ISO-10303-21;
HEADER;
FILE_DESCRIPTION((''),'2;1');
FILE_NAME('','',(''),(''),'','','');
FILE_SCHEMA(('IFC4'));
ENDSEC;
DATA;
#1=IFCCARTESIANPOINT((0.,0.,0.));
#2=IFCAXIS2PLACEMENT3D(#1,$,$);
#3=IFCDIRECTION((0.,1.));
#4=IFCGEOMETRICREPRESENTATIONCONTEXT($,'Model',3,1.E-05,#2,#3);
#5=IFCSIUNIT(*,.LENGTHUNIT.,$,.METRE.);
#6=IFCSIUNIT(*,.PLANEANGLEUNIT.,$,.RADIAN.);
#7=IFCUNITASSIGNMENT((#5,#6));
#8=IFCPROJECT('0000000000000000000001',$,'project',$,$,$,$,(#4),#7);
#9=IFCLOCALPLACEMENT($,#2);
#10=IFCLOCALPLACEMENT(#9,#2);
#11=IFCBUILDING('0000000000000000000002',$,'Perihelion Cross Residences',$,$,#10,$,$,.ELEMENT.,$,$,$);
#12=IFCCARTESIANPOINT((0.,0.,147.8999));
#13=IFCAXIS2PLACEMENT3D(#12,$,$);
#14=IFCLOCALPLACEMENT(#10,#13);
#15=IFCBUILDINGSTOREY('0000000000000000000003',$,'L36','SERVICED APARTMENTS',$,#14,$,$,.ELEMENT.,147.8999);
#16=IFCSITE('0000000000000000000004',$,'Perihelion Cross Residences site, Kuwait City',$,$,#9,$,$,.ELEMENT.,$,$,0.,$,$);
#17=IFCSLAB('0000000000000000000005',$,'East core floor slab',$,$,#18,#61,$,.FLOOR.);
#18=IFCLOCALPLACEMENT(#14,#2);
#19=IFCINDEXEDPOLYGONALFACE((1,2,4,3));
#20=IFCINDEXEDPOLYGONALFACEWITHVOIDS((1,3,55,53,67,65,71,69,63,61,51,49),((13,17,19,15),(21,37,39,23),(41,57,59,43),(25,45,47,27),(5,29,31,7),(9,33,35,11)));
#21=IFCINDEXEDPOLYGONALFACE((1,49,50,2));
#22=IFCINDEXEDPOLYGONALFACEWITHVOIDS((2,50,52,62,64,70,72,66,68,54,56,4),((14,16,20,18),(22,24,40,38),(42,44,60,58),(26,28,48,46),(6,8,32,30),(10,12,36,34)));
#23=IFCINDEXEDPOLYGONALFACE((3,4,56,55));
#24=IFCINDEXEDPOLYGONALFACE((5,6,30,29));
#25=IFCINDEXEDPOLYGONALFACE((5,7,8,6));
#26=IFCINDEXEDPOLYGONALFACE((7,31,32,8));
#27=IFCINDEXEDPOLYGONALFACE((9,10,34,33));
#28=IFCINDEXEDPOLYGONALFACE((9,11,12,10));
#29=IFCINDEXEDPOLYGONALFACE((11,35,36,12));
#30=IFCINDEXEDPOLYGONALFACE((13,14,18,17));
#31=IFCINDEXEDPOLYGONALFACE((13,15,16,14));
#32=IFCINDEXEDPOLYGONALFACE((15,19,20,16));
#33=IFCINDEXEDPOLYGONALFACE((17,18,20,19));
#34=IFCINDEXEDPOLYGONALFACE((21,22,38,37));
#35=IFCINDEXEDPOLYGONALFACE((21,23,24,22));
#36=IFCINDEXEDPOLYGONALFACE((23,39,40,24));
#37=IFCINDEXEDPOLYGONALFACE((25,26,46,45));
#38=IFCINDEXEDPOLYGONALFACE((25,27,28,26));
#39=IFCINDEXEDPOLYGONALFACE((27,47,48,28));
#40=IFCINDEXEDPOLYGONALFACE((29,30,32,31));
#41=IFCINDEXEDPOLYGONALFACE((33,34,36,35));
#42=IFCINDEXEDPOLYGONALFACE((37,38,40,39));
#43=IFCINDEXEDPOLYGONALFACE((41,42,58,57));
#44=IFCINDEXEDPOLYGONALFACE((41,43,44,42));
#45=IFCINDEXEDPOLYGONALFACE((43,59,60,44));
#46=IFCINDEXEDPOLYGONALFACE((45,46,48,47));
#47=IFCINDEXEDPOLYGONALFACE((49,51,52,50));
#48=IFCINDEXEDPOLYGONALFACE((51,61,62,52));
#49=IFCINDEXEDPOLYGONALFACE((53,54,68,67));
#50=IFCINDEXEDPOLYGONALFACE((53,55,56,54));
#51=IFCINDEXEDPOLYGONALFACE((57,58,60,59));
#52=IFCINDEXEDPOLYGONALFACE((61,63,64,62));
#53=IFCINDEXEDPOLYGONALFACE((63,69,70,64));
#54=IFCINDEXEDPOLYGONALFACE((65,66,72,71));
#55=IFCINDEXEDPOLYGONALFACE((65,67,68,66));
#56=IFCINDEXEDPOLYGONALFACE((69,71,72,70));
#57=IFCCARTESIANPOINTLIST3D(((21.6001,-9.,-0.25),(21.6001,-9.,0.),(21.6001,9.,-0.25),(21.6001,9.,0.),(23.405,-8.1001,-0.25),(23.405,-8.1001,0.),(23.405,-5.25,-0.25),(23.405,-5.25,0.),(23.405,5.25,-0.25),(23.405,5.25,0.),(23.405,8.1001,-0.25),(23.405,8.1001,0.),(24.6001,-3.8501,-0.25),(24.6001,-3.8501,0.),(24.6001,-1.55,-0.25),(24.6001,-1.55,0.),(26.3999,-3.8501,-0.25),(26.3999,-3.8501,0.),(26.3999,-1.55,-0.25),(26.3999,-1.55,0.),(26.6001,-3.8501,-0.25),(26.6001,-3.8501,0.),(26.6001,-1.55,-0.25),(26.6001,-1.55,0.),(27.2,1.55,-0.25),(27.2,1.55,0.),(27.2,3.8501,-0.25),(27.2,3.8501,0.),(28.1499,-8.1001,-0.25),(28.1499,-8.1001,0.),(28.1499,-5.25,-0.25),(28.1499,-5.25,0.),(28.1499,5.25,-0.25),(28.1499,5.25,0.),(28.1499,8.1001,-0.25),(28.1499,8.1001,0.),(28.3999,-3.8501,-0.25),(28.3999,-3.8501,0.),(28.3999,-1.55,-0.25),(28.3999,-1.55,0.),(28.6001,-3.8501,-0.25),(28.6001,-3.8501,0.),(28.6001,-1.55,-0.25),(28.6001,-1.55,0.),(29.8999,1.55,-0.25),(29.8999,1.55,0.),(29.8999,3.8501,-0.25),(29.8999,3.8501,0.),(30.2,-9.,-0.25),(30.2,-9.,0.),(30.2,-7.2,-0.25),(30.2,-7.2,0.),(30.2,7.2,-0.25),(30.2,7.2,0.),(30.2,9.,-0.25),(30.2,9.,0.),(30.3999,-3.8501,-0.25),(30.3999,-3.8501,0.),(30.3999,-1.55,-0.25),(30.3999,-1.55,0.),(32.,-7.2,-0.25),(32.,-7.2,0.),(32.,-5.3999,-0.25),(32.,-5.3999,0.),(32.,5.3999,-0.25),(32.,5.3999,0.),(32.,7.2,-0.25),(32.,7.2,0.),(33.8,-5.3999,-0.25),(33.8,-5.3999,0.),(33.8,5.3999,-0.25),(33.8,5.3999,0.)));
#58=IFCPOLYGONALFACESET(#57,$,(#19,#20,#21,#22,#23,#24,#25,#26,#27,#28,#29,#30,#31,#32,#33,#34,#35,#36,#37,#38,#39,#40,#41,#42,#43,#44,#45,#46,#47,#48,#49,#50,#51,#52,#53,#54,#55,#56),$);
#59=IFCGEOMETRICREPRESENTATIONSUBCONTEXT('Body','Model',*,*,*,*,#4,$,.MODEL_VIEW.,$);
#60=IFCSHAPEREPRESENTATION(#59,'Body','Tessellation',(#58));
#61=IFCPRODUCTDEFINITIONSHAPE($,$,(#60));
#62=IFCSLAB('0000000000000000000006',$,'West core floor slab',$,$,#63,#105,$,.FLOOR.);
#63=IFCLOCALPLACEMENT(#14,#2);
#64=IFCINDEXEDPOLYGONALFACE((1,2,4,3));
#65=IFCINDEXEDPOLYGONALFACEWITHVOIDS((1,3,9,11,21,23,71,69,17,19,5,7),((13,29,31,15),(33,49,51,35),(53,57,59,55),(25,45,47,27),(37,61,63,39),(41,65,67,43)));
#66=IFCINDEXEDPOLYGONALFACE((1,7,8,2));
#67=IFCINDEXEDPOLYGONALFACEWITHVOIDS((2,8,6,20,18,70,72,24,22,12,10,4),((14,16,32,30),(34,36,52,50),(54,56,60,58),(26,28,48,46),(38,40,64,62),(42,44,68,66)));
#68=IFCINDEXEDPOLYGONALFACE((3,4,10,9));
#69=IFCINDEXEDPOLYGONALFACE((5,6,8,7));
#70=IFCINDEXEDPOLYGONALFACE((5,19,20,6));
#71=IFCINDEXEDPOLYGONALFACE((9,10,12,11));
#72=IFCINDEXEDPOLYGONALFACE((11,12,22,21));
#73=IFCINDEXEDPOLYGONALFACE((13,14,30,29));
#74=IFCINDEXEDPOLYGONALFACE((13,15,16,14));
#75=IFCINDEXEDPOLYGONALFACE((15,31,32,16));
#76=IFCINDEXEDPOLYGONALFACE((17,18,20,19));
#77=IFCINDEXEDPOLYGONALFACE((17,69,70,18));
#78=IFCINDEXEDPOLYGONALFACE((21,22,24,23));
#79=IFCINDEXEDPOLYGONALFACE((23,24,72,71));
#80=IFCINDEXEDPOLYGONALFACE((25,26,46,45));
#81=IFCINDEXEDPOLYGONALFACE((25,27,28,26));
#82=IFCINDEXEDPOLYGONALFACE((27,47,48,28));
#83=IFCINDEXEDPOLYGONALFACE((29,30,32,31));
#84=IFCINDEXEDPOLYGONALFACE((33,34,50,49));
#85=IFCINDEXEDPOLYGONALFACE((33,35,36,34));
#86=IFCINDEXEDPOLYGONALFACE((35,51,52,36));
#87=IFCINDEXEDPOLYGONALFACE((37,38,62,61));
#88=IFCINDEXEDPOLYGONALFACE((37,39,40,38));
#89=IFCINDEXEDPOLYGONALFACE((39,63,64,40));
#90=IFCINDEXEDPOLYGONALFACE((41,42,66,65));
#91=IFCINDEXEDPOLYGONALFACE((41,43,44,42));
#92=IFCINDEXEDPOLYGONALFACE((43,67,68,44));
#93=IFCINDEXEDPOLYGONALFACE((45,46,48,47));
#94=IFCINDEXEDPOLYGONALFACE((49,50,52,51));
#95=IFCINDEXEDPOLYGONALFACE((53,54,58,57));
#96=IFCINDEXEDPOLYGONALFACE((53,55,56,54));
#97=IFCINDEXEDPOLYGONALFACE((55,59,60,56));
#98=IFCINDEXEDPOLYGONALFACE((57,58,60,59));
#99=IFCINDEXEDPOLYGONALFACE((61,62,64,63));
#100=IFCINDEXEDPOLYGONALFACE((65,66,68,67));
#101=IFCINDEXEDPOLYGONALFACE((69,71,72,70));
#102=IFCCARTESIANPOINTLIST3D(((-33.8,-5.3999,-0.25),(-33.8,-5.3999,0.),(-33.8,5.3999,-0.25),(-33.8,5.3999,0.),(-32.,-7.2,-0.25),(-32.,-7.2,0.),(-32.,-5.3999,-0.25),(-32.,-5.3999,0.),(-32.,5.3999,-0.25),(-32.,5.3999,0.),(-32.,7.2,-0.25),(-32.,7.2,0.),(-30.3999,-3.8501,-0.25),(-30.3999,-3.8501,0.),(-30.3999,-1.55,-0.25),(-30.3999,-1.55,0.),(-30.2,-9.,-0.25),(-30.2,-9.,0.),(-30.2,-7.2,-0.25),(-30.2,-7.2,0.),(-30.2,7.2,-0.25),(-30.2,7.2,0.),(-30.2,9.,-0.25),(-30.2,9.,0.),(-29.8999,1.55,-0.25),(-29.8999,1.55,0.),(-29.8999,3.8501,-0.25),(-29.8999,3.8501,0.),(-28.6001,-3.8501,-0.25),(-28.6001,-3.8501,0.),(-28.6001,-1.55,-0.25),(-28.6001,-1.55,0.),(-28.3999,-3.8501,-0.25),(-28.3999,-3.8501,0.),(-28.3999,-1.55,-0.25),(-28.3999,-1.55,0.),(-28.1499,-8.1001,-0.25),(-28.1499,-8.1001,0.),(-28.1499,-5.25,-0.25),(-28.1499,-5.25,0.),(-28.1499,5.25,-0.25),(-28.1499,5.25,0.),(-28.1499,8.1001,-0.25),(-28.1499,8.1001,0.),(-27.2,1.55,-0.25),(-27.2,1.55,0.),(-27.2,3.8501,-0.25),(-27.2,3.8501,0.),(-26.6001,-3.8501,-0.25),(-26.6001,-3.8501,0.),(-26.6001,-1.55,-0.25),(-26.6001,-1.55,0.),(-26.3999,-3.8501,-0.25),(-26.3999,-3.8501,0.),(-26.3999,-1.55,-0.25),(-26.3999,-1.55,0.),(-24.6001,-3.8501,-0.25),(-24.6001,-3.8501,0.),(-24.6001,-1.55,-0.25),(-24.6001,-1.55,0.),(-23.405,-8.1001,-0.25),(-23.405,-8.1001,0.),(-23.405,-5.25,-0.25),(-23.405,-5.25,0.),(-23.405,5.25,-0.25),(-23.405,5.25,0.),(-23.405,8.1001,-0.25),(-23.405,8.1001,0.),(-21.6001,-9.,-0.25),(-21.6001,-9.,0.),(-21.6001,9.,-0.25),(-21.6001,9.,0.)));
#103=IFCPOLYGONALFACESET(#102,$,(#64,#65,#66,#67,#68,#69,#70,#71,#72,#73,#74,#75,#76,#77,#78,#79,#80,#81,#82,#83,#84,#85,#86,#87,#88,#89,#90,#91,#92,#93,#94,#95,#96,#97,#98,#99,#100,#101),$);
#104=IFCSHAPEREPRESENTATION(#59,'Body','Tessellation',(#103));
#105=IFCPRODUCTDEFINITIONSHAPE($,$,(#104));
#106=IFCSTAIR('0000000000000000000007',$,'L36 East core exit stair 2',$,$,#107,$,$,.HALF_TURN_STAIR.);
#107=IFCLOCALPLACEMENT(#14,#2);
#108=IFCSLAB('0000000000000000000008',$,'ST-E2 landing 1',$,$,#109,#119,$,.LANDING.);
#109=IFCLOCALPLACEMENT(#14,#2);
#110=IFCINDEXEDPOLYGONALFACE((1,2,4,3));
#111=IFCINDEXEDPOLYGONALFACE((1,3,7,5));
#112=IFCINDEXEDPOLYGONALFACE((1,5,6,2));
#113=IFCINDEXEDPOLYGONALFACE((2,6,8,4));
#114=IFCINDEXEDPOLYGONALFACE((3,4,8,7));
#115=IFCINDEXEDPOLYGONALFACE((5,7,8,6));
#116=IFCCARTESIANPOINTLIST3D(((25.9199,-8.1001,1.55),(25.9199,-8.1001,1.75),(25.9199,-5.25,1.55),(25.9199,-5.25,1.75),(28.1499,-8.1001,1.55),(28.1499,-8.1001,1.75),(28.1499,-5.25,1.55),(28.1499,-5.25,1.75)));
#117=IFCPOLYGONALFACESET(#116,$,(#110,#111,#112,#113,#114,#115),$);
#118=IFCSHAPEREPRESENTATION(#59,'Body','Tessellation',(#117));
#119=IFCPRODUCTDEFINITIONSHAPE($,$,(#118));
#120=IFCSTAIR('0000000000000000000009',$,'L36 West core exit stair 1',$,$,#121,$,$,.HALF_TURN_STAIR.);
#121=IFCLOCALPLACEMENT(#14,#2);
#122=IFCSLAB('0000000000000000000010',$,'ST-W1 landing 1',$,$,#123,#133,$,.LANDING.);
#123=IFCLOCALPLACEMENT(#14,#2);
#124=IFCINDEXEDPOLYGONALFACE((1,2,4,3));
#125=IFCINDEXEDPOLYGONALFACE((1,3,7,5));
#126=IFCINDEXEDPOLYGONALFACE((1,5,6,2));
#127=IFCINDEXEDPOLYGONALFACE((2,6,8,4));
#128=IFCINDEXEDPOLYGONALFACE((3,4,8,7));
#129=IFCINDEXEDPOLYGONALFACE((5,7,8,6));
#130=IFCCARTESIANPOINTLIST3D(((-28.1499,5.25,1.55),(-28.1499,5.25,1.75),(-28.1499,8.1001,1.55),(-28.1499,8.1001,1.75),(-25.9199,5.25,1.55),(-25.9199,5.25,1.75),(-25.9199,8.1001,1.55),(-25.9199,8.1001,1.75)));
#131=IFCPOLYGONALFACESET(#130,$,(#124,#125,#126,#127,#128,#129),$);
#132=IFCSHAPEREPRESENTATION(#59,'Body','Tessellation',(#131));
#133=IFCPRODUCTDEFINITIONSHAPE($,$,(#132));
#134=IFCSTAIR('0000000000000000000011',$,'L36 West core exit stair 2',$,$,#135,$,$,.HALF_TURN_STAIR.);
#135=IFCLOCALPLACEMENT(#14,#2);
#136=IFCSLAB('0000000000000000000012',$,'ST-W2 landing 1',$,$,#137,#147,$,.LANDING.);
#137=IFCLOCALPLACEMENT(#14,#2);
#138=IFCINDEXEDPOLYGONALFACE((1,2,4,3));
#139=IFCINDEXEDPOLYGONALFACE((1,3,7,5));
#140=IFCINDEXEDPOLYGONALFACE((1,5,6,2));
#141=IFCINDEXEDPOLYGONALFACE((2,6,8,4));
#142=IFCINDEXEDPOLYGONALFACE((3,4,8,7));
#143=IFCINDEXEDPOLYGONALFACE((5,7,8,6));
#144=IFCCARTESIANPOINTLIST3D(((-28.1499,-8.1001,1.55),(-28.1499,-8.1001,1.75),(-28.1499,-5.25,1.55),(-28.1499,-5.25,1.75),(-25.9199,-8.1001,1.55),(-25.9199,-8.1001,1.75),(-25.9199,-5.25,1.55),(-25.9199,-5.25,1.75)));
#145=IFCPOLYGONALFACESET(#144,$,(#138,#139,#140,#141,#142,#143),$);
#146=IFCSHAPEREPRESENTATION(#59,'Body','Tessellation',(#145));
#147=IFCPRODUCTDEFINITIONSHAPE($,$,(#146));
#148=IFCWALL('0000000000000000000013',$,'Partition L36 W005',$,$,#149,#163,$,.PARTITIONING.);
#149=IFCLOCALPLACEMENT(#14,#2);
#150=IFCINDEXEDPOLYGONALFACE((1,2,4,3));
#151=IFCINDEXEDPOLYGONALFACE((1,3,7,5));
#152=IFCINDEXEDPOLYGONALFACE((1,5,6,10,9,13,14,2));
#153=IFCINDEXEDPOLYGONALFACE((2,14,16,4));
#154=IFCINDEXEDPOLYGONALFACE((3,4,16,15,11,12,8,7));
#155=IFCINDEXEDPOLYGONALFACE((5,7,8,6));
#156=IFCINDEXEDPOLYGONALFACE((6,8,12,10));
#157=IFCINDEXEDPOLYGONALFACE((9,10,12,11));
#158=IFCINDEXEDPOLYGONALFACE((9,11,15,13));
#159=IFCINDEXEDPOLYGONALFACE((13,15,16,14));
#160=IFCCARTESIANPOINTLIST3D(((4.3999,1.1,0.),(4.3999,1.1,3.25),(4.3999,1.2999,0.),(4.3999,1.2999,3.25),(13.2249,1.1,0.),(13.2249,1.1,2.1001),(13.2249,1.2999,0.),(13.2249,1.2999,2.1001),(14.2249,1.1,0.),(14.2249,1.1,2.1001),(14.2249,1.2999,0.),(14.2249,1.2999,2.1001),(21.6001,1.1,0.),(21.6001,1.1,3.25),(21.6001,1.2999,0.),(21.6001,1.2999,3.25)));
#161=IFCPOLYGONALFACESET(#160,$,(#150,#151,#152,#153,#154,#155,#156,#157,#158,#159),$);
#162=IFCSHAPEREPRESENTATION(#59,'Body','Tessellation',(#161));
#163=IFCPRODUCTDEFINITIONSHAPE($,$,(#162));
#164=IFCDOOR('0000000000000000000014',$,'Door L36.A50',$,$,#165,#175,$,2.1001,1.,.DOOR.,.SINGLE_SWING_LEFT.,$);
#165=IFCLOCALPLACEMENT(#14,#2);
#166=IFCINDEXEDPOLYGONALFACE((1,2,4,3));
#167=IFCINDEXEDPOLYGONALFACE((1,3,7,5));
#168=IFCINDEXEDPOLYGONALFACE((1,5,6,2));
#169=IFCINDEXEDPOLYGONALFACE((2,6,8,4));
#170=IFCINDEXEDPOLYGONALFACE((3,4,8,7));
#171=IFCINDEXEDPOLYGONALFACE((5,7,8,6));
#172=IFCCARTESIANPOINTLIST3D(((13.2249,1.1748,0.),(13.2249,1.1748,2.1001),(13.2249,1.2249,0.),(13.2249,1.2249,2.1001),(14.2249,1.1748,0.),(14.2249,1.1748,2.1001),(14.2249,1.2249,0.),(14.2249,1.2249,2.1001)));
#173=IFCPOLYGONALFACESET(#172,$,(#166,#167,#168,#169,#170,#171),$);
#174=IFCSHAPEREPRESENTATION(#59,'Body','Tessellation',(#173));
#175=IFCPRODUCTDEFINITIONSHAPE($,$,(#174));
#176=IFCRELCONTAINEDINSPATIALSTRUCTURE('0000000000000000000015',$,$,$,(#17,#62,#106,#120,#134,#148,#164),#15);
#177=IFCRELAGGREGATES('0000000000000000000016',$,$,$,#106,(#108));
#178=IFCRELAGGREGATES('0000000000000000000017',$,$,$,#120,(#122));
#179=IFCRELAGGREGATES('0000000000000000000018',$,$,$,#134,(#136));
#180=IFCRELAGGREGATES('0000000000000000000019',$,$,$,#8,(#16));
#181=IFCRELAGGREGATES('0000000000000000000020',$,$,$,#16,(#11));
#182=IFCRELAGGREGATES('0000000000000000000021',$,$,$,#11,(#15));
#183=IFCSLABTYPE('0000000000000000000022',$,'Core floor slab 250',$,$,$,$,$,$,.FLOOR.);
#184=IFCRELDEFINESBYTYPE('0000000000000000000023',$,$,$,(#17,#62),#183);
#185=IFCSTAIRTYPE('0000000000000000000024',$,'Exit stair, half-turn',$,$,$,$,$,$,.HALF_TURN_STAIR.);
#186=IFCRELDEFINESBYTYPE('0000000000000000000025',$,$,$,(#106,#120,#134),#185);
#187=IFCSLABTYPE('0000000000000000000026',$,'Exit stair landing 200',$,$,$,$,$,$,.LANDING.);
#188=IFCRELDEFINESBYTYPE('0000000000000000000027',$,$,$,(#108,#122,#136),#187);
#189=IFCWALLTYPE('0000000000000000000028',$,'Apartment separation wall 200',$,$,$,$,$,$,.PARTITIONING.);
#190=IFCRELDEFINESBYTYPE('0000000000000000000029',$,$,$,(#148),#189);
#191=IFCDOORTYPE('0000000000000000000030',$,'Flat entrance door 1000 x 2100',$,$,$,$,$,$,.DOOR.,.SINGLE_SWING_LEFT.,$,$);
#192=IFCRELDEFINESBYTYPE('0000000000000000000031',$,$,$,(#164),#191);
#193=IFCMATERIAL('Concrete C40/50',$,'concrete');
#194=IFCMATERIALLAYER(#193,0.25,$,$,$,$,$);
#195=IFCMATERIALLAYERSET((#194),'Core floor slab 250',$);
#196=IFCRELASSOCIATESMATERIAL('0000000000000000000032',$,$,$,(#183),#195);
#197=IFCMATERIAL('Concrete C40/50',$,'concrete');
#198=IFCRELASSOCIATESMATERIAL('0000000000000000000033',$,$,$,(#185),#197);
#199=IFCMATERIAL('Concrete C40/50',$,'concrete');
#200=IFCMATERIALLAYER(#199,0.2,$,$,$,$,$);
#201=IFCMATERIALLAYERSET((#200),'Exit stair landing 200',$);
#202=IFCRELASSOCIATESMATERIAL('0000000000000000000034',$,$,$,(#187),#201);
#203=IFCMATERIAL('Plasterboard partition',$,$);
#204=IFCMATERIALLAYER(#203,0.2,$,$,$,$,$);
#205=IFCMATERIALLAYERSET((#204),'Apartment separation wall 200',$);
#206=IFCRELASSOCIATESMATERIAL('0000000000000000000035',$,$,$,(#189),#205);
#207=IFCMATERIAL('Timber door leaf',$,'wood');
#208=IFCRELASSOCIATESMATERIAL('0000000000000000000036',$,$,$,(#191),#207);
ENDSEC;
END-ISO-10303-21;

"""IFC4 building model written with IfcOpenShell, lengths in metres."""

from ifc_helpers import new_model, si_unit, direction, frame, frame_2d, origin, place, context, subcontext, project, spatial, polyline, rectangle, outline, extrude, material, layer, layer_set, type_object, element, fill, aggregate, save


model = new_model("IFC4")

# Units and contexts
model_context = context("Model", 3, precision=1e-05, world=origin(), true_north=direction((0.0, 1.0)))
body_context = subcontext(model_context, "Body", "Model", "MODEL_VIEW")
ifc_project = project(units=[si_unit("LENGTHUNIT", "METRE"), si_unit("PLANEANGLEUNIT", "RADIAN")], contexts=[model_context])

# Site, building, storey
site_placement = place(None, origin())
site = spatial("IfcSite", under=ifc_project, at=site_placement, Name="Perihelion Cross Residences site, Kuwait City", CompositionType="ELEMENT", RefElevation=0.0)
building_placement = place(site_placement, origin())
building = spatial("IfcBuilding", under=site, at=building_placement, Name="Perihelion Cross Residences", CompositionType="ELEMENT")
storey_placement = place(building_placement, frame((0.0, 0.0, 147.8999)))
storey = spatial("IfcBuildingStorey", under=building, at=storey_placement, Name="L36", Description="SERVICED APARTMENTS", CompositionType="ELEMENT", Elevation=147.8999)

# Slabs
ifc_material_1 = material(Name="Concrete C40/50", Category="concrete")
ifc_layer_1 = layer(ifc_material_1, 0.25)
ifc_layer_set_1 = layer_set([ifc_layer_1], Name="Core floor slab 250")
slab_type_1 = type_object("IfcSlabType", Name="Core floor slab 250", PredefinedType="FLOOR", material=ifc_layer_set_1)
slab_1_placement = place(storey_placement, frame((0.0, 0.0, -0.25)))
element("IfcSlab", 1, at=slab_1_placement, inside=storey, type_object=slab_type_1, Name="East core floor slab", PredefinedType="FLOOR", context=body_context, shape_type="SweptSolid", body=[
    extrude(outline(polyline([(30.2, 7.2), (32.0, 7.2), (32.0, 5.3999), (33.8, 5.3999), (33.8, -5.3999), (32.0, -5.3999), (32.0, -7.2), (30.2, -7.2), (30.2, -9.0), (21.6001, -9.0), (21.6001, 9.0), (30.2, 9.0), (30.2, 7.2)]), holes=[polyline([(28.1499, -8.1001), (28.1499, -5.25), (23.405, -5.25), (23.405, -8.1001), (28.1499, -8.1001)]), polyline([(24.6001, -1.55), (24.6001, -3.8501), (26.3999, -3.8501), (26.3999, -1.55), (24.6001, -1.55)]), polyline([(26.6001, -1.55), (26.6001, -3.8501), (28.3999, -3.8501), (28.3999, -1.55), (26.6001, -1.55)]), polyline([(28.6001, -3.8501), (30.3999, -3.8501), (30.3999, -1.55), (28.6001, -1.55), (28.6001, -3.8501)]), polyline([(27.2, 3.8501), (27.2, 1.55), (29.8999, 1.55), (29.8999, 3.8501), (27.2, 3.8501)]), polyline([(23.405, 5.25), (28.1499, 5.25), (28.1499, 8.1001), (23.405, 8.1001), (23.405, 5.25)])]), origin(), (0.0, 0.0, 1.0), 0.25),
])
slab_2_placement = place(storey_placement, frame((0.0, 0.0, -0.25)))
element("IfcSlab", 2, at=slab_2_placement, inside=storey, type_object=slab_type_1, Name="West core floor slab", PredefinedType="FLOOR", context=body_context, shape_type="SweptSolid", body=[
    extrude(outline(polyline([(-30.2, 7.2), (-32.0, 7.2), (-32.0, 5.3999), (-33.8, 5.3999), (-33.8, -5.3999), (-32.0, -5.3999), (-32.0, -7.2), (-30.2, -7.2), (-30.2, -9.0), (-21.6001, -9.0), (-21.6001, 9.0), (-30.2, 9.0), (-30.2, 7.2)]), holes=[polyline([(-28.1499, -8.1001), (-28.1499, -5.25), (-23.405, -5.25), (-23.405, -8.1001), (-28.1499, -8.1001)]), polyline([(-24.6001, -1.55), (-24.6001, -3.8501), (-26.3999, -3.8501), (-26.3999, -1.55), (-24.6001, -1.55)]), polyline([(-26.6001, -1.55), (-26.6001, -3.8501), (-28.3999, -3.8501), (-28.3999, -1.55), (-26.6001, -1.55)]), polyline([(-28.6001, -3.8501), (-30.3999, -3.8501), (-30.3999, -1.55), (-28.6001, -1.55), (-28.6001, -3.8501)]), polyline([(-27.2, 3.8501), (-27.2, 1.55), (-29.8999, 1.55), (-29.8999, 3.8501), (-27.2, 3.8501)]), polyline([(-23.405, 5.25), (-28.1499, 5.25), (-28.1499, 8.1001), (-23.405, 8.1001), (-23.405, 5.25)])]), origin(), (0.0, 0.0, 1.0), 0.25),
])

# Stairs, slabs
ifc_material_2 = material(Name="Concrete C40/50", Category="concrete")
stair_type = type_object("IfcStairType", Name="Exit stair, half-turn", PredefinedType="HALF_TURN_STAIR", material=ifc_material_2)
stair_1_placement = place(storey_placement, origin())
stair_1 = element("IfcStair", 3, at=stair_1_placement, inside=storey, type_object=stair_type, Name="L36 East core exit stair 2", PredefinedType="HALF_TURN_STAIR")
ifc_material_3 = material(Name="Concrete C40/50", Category="concrete")
ifc_layer_2 = layer(ifc_material_3, 0.2)
ifc_layer_set_2 = layer_set([ifc_layer_2], Name="Exit stair landing 200")
slab_type_2 = type_object("IfcSlabType", Name="Exit stair landing 200", PredefinedType="LANDING", material=ifc_layer_set_2)
slab_3_placement = place(storey_placement, frame((0.0, 0.0, 1.55)))
slab_3 = element("IfcSlab", 4, at=slab_3_placement, type_object=slab_type_2, Name="ST-E2 landing 1", PredefinedType="LANDING", context=body_context, shape_type="SweptSolid", body=[
    extrude(outline(polyline([(25.9199, -8.1001), (28.1499, -8.1001), (28.1499, -5.25), (25.9199, -5.25), (25.9199, -8.1001)])), origin(), (0.0, 0.0, 1.0), 0.2),
])
aggregate(stair_1, [slab_3])
stair_2_placement = place(storey_placement, origin())
stair_2 = element("IfcStair", 5, at=stair_2_placement, inside=storey, type_object=stair_type, Name="L36 West core exit stair 1", PredefinedType="HALF_TURN_STAIR")
slab_4_placement = place(storey_placement, frame((0.0, 0.0, 1.55)))
slab_4 = element("IfcSlab", 6, at=slab_4_placement, type_object=slab_type_2, Name="ST-W1 landing 1", PredefinedType="LANDING", context=body_context, shape_type="SweptSolid", body=[
    extrude(outline(polyline([(-25.9199, 8.1001), (-28.1499, 8.1001), (-28.1499, 5.25), (-25.9199, 5.25), (-25.9199, 8.1001)])), origin(), (0.0, 0.0, 1.0), 0.2),
])
aggregate(stair_2, [slab_4])
stair_3_placement = place(storey_placement, origin())
stair_3 = element("IfcStair", 7, at=stair_3_placement, inside=storey, type_object=stair_type, Name="L36 West core exit stair 2", PredefinedType="HALF_TURN_STAIR")
slab_5_placement = place(storey_placement, frame((0.0, 0.0, 1.55)))
slab_5 = element("IfcSlab", 8, at=slab_5_placement, type_object=slab_type_2, Name="ST-W2 landing 1", PredefinedType="LANDING", context=body_context, shape_type="SweptSolid", body=[
    extrude(outline(polyline([(-25.9199, -5.25), (-28.1499, -5.25), (-28.1499, -8.1001), (-25.9199, -8.1001), (-25.9199, -5.25)])), origin(), (0.0, 0.0, 1.0), 0.2),
])
aggregate(stair_3, [slab_5])

# Wall, opening, door
ifc_material_4 = material(Name="Plasterboard partition")
ifc_layer_3 = layer(ifc_material_4, 0.2)
ifc_layer_set_3 = layer_set([ifc_layer_3], Name="Apartment separation wall 200")
wall_type_1 = type_object("IfcWallType", Name="Apartment separation wall 200", PredefinedType="PARTITIONING", material=ifc_layer_set_3)
wall_1_placement = place(storey_placement, frame((4.3999, 1.2, 0.0), z_axis=(0.0, 0.0, 1.0), x_axis=(1.0, 0.0, 0.0)))
wall_1 = element("IfcWall", 9, at=wall_1_placement, inside=storey, type_object=wall_type_1, Name="Partition L36 W005", PredefinedType="PARTITIONING", context=body_context, shape_type="SweptSolid", body=[
    extrude(rectangle(XDim=17.2002, YDim=0.2, at=frame_2d((8.6001, 0.0))), origin(), (0.0, 0.0, 1.0), 3.25),
])
opening_1_placement = place(wall_1_placement, frame((8.825, 0.0, 0.0)))
opening_1 = element("IfcOpeningElement", 10, at=opening_1_placement, cuts=wall_1, PredefinedType="OPENING", context=body_context, shape_type="SweptSolid", body=[
    extrude(rectangle(XDim=1.0, YDim=2.1001, at=frame_2d((0.5, 1.05))), frame((0.0, 0.1099, 0.0), z_axis=(0.0, -1.0, 0.0), x_axis=(1.0, 0.0, 0.0)), (0.0, 0.0, 1.0), 0.22),
])
ifc_material_5 = material(Name="Timber door leaf", Category="wood")
door_type_1 = type_object("IfcDoorType", Name="Flat entrance door 1000 x 2100", OperationType="SINGLE_SWING_LEFT", PredefinedType="DOOR", material=ifc_material_5)
door_1_placement = place(opening_1_placement, origin())
door_1 = element("IfcDoor", 11, at=door_1_placement, inside=storey, type_object=door_type_1, Name="Door L36.A50", OperationType="SINGLE_SWING_LEFT", OverallHeight=2.1001, OverallWidth=1.0, PredefinedType="DOOR", context=body_context, shape_type="SweptSolid", body=[
    extrude(rectangle(XDim=1.0, YDim=2.1001, at=frame_2d((0.5, 1.05))), frame((0.0, 0.0249, 0.0), z_axis=(0.0, -1.0, 0.0), x_axis=(1.0, 0.0, 0.0)), (0.0, 0.0, 1.0), 0.05),
])
fill(opening_1, door_1)

save(model, "model.ifc")
